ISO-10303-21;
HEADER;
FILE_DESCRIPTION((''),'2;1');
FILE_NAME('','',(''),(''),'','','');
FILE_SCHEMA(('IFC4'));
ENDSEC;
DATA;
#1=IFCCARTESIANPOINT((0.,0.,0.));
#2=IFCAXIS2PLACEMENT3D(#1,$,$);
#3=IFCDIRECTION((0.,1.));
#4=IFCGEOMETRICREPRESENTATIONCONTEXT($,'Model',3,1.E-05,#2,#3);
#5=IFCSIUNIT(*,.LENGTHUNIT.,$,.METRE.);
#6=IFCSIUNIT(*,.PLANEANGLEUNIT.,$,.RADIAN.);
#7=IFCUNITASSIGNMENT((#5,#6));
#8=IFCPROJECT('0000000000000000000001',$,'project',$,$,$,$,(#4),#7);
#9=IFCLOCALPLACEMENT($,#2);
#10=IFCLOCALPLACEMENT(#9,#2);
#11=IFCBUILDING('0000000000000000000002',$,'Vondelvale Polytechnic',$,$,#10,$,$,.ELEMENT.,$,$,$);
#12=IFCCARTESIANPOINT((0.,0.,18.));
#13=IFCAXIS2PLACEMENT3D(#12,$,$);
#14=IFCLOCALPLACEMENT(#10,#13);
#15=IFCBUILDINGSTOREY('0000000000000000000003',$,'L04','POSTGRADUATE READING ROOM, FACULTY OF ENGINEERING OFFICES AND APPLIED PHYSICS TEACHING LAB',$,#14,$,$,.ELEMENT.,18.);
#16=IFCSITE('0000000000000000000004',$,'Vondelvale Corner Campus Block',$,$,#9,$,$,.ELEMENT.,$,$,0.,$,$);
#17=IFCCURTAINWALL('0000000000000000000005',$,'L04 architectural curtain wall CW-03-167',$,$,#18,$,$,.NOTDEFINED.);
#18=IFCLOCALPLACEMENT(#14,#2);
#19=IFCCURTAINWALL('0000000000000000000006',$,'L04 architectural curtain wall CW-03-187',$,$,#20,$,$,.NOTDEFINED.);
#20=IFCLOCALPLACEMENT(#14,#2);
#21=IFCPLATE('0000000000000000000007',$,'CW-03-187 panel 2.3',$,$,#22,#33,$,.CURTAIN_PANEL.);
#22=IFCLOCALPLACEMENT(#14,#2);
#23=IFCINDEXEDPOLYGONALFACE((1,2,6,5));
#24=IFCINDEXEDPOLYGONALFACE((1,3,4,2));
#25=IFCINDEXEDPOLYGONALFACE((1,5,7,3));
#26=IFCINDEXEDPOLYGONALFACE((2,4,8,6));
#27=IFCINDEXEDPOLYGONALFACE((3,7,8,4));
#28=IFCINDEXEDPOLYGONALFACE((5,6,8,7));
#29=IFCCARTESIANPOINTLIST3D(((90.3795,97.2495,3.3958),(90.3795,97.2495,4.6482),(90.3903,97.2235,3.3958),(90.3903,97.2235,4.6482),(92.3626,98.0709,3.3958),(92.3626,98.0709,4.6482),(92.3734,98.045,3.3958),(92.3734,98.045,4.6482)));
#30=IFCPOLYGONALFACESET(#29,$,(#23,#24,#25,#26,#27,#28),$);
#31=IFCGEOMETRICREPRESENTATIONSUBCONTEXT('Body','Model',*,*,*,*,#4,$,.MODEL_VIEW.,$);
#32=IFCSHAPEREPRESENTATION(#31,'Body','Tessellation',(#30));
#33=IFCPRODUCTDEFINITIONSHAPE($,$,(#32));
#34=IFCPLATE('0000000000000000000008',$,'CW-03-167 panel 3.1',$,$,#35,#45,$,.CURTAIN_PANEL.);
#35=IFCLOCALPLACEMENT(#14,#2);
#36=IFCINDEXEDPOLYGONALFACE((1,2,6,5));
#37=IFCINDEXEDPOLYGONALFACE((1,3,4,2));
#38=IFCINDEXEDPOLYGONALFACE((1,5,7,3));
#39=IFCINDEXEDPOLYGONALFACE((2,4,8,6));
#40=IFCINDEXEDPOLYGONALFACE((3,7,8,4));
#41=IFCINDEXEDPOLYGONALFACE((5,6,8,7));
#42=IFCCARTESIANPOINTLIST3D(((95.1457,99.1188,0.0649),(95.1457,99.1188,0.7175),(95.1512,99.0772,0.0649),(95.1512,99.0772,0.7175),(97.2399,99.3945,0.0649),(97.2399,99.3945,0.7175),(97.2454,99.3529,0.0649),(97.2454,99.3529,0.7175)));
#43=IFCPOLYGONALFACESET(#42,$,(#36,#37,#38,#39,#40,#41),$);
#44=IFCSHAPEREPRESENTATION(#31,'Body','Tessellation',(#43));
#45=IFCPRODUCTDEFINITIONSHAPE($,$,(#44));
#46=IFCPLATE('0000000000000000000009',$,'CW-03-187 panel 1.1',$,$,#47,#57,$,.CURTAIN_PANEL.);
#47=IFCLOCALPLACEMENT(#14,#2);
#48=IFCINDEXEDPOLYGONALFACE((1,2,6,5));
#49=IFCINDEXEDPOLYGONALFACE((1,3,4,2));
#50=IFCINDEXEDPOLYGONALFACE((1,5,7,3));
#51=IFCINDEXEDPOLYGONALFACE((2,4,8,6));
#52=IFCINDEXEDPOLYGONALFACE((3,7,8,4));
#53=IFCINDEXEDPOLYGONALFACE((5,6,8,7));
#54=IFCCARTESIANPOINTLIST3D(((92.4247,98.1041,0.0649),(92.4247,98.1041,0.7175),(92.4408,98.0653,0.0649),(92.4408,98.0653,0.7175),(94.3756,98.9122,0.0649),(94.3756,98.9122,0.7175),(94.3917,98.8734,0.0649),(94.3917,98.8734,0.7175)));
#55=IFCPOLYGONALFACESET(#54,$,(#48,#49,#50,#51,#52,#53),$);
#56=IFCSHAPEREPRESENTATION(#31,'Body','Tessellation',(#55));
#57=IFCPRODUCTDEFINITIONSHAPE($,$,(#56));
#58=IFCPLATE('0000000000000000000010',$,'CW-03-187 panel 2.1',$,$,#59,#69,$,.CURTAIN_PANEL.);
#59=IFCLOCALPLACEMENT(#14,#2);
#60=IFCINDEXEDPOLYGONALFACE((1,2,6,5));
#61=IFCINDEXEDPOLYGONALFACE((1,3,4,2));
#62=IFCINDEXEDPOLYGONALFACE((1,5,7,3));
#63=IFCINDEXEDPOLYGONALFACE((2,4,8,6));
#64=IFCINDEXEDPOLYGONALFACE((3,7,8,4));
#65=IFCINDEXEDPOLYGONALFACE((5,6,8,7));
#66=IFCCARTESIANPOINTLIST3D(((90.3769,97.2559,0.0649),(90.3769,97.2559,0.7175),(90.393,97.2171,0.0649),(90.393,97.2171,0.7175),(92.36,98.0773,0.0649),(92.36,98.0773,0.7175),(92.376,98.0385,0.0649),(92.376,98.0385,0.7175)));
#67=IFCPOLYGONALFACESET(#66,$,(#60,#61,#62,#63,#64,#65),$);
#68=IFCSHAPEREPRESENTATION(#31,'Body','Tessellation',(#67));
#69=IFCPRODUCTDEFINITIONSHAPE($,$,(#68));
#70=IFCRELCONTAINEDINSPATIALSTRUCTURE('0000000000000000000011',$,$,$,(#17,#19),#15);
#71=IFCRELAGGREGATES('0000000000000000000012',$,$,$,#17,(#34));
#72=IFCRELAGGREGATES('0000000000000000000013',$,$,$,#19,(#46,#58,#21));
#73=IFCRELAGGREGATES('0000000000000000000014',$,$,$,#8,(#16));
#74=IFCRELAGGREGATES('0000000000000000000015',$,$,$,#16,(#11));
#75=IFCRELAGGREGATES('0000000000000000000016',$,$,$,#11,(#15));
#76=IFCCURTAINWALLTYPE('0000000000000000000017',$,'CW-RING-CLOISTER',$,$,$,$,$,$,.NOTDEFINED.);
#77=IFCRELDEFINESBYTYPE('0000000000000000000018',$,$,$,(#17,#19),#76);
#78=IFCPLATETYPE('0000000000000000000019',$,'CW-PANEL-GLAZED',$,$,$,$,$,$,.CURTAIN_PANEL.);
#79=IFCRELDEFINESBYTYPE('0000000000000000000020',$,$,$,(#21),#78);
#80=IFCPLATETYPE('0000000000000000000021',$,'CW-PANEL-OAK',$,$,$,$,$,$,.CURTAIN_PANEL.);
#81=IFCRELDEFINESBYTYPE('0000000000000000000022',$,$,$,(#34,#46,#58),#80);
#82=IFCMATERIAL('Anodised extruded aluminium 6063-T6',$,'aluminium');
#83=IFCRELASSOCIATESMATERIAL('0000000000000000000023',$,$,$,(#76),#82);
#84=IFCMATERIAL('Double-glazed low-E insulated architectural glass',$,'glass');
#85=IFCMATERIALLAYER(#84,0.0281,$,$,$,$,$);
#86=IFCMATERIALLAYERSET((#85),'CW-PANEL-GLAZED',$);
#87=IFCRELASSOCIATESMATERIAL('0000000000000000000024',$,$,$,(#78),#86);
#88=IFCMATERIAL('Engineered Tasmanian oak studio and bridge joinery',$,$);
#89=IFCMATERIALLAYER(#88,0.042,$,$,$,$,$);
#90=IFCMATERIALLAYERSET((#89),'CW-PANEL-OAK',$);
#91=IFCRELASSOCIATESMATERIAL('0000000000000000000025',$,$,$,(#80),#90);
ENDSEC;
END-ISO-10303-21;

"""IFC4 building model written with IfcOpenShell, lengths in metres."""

from ifc_helpers import new_model, si_unit, direction, frame, origin, origin_2d, place, context, subcontext, project, spatial, rectangle, extrude, material, layer, layer_set, type_object, element, aggregate, save


model = new_model("IFC4")

# Units and contexts
model_context = context("Model", 3, precision=1e-05, world=origin(), true_north=direction((0.0, 1.0)))
body_context = subcontext(model_context, "Body", "Model", "MODEL_VIEW")
ifc_project = project(units=[si_unit("LENGTHUNIT", "METRE"), si_unit("PLANEANGLEUNIT", "RADIAN")], contexts=[model_context])

# Site, building, storey
site_placement = place(None, origin())
site = spatial("IfcSite", under=ifc_project, at=site_placement, Name="Vondelvale Corner Campus Block", CompositionType="ELEMENT", RefElevation=0.0)
building_placement = place(site_placement, origin())
building = spatial("IfcBuilding", under=site, at=building_placement, Name="Vondelvale Polytechnic", CompositionType="ELEMENT")
storey_placement = place(building_placement, frame((0.0, 0.0, 18.0)))
storey = spatial("IfcBuildingStorey", under=building, at=storey_placement, Name="L04", Description="POSTGRADUATE READING ROOM, FACULTY OF ENGINEERING OFFICES AND APPLIED PHYSICS TEACHING LAB", CompositionType="ELEMENT", Elevation=18.0)

# Curtain wall
ifc_material_1 = material(Name="Anodised extruded aluminium 6063-T6", Category="aluminium")
curtain_wall_type = type_object("IfcCurtainWallType", Name="CW-RING-CLOISTER", PredefinedType="NOTDEFINED", material=ifc_material_1)
curtain_wall_1_placement = place(storey_placement, origin())
curtain_wall_1 = element("IfcCurtainWall", 1, at=curtain_wall_1_placement, inside=storey, type_object=curtain_wall_type, Name="L04 architectural curtain wall CW-03-167", PredefinedType="NOTDEFINED")

# Curtain wall
curtain_wall_2_placement = place(storey_placement, origin())
curtain_wall_2 = element("IfcCurtainWall", 2, at=curtain_wall_2_placement, inside=storey, type_object=curtain_wall_type, Name="L04 architectural curtain wall CW-03-187", PredefinedType="NOTDEFINED")

# Plates
ifc_material_2 = material(Name="Double-glazed low-E insulated architectural glass", Category="glass")
ifc_layer_1 = layer(ifc_material_2, 0.0281)
ifc_layer_set_1 = layer_set([ifc_layer_1], Name="CW-PANEL-GLAZED")
plate_type_1 = type_object("IfcPlateType", Name="CW-PANEL-GLAZED", PredefinedType="CURTAIN_PANEL", material=ifc_layer_set_1)
plate_1_placement = place(storey_placement, frame((91.3765, 97.6472, 3.3958), z_axis=(0.0, 0.0, 1.0), x_axis=(-0.923882, -0.382679, 0.0)))
plate_1 = element("IfcPlate", 3, at=plate_1_placement, type_object=plate_type_1, Name="CW-03-187 panel 2.3", PredefinedType="CURTAIN_PANEL", context=body_context, shape_type="SweptSolid", body=[
    extrude(rectangle(XDim=2.1465, YDim=0.0281, at=origin_2d()), origin(), (0.0, 0.0, 1.0), 1.2524),
])
ifc_material_3 = material(Name="Engineered Tasmanian oak studio and bridge joinery")
ifc_layer_2 = layer(ifc_material_3, 0.042)
ifc_layer_set_2 = layer_set([ifc_layer_2], Name="CW-PANEL-OAK")
plate_type_2 = type_object("IfcPlateType", Name="CW-PANEL-OAK", PredefinedType="CURTAIN_PANEL", material=ifc_layer_set_2)
plate_2_placement = place(storey_placement, frame((96.1956, 99.2358, 0.0649), z_axis=(0.0, 0.0, 1.0), x_axis=(-0.991445, -0.130528, 0.0)))
plate_2 = element("IfcPlate", 4, at=plate_2_placement, type_object=plate_type_2, Name="CW-03-167 panel 3.1", PredefinedType="CURTAIN_PANEL", context=body_context, shape_type="SweptSolid", body=[
    extrude(rectangle(XDim=2.1123, YDim=0.042, at=origin_2d()), origin(), (0.0, 0.0, 1.0), 0.6526),
])
aggregate(curtain_wall_1, [plate_2])
plate_3_placement = place(storey_placement, frame((93.4082, 98.4888, 0.0649), z_axis=(0.0, 0.0, 1.0), x_axis=(-0.923882, -0.382679, 0.0)))
plate_3 = element("IfcPlate", 5, at=plate_3_placement, type_object=plate_type_2, Name="CW-03-187 panel 1.1", PredefinedType="CURTAIN_PANEL", context=body_context, shape_type="SweptSolid", body=[
    extrude(rectangle(XDim=2.1116, YDim=0.042, at=origin_2d()), origin(), (0.0, 0.0, 1.0), 0.6526),
])
plate_4_placement = place(storey_placement, frame((91.3765, 97.6472, 0.0649), z_axis=(0.0, 0.0, 1.0), x_axis=(-0.923882, -0.382679, 0.0)))
plate_4 = element("IfcPlate", 6, at=plate_4_placement, type_object=plate_type_2, Name="CW-03-187 panel 2.1", PredefinedType="CURTAIN_PANEL", context=body_context, shape_type="SweptSolid", body=[
    extrude(rectangle(XDim=2.1465, YDim=0.042, at=origin_2d()), origin(), (0.0, 0.0, 1.0), 0.6526),
])
aggregate(curtain_wall_2, [plate_3, plate_4, plate_1])

save(model, "model.ifc")
